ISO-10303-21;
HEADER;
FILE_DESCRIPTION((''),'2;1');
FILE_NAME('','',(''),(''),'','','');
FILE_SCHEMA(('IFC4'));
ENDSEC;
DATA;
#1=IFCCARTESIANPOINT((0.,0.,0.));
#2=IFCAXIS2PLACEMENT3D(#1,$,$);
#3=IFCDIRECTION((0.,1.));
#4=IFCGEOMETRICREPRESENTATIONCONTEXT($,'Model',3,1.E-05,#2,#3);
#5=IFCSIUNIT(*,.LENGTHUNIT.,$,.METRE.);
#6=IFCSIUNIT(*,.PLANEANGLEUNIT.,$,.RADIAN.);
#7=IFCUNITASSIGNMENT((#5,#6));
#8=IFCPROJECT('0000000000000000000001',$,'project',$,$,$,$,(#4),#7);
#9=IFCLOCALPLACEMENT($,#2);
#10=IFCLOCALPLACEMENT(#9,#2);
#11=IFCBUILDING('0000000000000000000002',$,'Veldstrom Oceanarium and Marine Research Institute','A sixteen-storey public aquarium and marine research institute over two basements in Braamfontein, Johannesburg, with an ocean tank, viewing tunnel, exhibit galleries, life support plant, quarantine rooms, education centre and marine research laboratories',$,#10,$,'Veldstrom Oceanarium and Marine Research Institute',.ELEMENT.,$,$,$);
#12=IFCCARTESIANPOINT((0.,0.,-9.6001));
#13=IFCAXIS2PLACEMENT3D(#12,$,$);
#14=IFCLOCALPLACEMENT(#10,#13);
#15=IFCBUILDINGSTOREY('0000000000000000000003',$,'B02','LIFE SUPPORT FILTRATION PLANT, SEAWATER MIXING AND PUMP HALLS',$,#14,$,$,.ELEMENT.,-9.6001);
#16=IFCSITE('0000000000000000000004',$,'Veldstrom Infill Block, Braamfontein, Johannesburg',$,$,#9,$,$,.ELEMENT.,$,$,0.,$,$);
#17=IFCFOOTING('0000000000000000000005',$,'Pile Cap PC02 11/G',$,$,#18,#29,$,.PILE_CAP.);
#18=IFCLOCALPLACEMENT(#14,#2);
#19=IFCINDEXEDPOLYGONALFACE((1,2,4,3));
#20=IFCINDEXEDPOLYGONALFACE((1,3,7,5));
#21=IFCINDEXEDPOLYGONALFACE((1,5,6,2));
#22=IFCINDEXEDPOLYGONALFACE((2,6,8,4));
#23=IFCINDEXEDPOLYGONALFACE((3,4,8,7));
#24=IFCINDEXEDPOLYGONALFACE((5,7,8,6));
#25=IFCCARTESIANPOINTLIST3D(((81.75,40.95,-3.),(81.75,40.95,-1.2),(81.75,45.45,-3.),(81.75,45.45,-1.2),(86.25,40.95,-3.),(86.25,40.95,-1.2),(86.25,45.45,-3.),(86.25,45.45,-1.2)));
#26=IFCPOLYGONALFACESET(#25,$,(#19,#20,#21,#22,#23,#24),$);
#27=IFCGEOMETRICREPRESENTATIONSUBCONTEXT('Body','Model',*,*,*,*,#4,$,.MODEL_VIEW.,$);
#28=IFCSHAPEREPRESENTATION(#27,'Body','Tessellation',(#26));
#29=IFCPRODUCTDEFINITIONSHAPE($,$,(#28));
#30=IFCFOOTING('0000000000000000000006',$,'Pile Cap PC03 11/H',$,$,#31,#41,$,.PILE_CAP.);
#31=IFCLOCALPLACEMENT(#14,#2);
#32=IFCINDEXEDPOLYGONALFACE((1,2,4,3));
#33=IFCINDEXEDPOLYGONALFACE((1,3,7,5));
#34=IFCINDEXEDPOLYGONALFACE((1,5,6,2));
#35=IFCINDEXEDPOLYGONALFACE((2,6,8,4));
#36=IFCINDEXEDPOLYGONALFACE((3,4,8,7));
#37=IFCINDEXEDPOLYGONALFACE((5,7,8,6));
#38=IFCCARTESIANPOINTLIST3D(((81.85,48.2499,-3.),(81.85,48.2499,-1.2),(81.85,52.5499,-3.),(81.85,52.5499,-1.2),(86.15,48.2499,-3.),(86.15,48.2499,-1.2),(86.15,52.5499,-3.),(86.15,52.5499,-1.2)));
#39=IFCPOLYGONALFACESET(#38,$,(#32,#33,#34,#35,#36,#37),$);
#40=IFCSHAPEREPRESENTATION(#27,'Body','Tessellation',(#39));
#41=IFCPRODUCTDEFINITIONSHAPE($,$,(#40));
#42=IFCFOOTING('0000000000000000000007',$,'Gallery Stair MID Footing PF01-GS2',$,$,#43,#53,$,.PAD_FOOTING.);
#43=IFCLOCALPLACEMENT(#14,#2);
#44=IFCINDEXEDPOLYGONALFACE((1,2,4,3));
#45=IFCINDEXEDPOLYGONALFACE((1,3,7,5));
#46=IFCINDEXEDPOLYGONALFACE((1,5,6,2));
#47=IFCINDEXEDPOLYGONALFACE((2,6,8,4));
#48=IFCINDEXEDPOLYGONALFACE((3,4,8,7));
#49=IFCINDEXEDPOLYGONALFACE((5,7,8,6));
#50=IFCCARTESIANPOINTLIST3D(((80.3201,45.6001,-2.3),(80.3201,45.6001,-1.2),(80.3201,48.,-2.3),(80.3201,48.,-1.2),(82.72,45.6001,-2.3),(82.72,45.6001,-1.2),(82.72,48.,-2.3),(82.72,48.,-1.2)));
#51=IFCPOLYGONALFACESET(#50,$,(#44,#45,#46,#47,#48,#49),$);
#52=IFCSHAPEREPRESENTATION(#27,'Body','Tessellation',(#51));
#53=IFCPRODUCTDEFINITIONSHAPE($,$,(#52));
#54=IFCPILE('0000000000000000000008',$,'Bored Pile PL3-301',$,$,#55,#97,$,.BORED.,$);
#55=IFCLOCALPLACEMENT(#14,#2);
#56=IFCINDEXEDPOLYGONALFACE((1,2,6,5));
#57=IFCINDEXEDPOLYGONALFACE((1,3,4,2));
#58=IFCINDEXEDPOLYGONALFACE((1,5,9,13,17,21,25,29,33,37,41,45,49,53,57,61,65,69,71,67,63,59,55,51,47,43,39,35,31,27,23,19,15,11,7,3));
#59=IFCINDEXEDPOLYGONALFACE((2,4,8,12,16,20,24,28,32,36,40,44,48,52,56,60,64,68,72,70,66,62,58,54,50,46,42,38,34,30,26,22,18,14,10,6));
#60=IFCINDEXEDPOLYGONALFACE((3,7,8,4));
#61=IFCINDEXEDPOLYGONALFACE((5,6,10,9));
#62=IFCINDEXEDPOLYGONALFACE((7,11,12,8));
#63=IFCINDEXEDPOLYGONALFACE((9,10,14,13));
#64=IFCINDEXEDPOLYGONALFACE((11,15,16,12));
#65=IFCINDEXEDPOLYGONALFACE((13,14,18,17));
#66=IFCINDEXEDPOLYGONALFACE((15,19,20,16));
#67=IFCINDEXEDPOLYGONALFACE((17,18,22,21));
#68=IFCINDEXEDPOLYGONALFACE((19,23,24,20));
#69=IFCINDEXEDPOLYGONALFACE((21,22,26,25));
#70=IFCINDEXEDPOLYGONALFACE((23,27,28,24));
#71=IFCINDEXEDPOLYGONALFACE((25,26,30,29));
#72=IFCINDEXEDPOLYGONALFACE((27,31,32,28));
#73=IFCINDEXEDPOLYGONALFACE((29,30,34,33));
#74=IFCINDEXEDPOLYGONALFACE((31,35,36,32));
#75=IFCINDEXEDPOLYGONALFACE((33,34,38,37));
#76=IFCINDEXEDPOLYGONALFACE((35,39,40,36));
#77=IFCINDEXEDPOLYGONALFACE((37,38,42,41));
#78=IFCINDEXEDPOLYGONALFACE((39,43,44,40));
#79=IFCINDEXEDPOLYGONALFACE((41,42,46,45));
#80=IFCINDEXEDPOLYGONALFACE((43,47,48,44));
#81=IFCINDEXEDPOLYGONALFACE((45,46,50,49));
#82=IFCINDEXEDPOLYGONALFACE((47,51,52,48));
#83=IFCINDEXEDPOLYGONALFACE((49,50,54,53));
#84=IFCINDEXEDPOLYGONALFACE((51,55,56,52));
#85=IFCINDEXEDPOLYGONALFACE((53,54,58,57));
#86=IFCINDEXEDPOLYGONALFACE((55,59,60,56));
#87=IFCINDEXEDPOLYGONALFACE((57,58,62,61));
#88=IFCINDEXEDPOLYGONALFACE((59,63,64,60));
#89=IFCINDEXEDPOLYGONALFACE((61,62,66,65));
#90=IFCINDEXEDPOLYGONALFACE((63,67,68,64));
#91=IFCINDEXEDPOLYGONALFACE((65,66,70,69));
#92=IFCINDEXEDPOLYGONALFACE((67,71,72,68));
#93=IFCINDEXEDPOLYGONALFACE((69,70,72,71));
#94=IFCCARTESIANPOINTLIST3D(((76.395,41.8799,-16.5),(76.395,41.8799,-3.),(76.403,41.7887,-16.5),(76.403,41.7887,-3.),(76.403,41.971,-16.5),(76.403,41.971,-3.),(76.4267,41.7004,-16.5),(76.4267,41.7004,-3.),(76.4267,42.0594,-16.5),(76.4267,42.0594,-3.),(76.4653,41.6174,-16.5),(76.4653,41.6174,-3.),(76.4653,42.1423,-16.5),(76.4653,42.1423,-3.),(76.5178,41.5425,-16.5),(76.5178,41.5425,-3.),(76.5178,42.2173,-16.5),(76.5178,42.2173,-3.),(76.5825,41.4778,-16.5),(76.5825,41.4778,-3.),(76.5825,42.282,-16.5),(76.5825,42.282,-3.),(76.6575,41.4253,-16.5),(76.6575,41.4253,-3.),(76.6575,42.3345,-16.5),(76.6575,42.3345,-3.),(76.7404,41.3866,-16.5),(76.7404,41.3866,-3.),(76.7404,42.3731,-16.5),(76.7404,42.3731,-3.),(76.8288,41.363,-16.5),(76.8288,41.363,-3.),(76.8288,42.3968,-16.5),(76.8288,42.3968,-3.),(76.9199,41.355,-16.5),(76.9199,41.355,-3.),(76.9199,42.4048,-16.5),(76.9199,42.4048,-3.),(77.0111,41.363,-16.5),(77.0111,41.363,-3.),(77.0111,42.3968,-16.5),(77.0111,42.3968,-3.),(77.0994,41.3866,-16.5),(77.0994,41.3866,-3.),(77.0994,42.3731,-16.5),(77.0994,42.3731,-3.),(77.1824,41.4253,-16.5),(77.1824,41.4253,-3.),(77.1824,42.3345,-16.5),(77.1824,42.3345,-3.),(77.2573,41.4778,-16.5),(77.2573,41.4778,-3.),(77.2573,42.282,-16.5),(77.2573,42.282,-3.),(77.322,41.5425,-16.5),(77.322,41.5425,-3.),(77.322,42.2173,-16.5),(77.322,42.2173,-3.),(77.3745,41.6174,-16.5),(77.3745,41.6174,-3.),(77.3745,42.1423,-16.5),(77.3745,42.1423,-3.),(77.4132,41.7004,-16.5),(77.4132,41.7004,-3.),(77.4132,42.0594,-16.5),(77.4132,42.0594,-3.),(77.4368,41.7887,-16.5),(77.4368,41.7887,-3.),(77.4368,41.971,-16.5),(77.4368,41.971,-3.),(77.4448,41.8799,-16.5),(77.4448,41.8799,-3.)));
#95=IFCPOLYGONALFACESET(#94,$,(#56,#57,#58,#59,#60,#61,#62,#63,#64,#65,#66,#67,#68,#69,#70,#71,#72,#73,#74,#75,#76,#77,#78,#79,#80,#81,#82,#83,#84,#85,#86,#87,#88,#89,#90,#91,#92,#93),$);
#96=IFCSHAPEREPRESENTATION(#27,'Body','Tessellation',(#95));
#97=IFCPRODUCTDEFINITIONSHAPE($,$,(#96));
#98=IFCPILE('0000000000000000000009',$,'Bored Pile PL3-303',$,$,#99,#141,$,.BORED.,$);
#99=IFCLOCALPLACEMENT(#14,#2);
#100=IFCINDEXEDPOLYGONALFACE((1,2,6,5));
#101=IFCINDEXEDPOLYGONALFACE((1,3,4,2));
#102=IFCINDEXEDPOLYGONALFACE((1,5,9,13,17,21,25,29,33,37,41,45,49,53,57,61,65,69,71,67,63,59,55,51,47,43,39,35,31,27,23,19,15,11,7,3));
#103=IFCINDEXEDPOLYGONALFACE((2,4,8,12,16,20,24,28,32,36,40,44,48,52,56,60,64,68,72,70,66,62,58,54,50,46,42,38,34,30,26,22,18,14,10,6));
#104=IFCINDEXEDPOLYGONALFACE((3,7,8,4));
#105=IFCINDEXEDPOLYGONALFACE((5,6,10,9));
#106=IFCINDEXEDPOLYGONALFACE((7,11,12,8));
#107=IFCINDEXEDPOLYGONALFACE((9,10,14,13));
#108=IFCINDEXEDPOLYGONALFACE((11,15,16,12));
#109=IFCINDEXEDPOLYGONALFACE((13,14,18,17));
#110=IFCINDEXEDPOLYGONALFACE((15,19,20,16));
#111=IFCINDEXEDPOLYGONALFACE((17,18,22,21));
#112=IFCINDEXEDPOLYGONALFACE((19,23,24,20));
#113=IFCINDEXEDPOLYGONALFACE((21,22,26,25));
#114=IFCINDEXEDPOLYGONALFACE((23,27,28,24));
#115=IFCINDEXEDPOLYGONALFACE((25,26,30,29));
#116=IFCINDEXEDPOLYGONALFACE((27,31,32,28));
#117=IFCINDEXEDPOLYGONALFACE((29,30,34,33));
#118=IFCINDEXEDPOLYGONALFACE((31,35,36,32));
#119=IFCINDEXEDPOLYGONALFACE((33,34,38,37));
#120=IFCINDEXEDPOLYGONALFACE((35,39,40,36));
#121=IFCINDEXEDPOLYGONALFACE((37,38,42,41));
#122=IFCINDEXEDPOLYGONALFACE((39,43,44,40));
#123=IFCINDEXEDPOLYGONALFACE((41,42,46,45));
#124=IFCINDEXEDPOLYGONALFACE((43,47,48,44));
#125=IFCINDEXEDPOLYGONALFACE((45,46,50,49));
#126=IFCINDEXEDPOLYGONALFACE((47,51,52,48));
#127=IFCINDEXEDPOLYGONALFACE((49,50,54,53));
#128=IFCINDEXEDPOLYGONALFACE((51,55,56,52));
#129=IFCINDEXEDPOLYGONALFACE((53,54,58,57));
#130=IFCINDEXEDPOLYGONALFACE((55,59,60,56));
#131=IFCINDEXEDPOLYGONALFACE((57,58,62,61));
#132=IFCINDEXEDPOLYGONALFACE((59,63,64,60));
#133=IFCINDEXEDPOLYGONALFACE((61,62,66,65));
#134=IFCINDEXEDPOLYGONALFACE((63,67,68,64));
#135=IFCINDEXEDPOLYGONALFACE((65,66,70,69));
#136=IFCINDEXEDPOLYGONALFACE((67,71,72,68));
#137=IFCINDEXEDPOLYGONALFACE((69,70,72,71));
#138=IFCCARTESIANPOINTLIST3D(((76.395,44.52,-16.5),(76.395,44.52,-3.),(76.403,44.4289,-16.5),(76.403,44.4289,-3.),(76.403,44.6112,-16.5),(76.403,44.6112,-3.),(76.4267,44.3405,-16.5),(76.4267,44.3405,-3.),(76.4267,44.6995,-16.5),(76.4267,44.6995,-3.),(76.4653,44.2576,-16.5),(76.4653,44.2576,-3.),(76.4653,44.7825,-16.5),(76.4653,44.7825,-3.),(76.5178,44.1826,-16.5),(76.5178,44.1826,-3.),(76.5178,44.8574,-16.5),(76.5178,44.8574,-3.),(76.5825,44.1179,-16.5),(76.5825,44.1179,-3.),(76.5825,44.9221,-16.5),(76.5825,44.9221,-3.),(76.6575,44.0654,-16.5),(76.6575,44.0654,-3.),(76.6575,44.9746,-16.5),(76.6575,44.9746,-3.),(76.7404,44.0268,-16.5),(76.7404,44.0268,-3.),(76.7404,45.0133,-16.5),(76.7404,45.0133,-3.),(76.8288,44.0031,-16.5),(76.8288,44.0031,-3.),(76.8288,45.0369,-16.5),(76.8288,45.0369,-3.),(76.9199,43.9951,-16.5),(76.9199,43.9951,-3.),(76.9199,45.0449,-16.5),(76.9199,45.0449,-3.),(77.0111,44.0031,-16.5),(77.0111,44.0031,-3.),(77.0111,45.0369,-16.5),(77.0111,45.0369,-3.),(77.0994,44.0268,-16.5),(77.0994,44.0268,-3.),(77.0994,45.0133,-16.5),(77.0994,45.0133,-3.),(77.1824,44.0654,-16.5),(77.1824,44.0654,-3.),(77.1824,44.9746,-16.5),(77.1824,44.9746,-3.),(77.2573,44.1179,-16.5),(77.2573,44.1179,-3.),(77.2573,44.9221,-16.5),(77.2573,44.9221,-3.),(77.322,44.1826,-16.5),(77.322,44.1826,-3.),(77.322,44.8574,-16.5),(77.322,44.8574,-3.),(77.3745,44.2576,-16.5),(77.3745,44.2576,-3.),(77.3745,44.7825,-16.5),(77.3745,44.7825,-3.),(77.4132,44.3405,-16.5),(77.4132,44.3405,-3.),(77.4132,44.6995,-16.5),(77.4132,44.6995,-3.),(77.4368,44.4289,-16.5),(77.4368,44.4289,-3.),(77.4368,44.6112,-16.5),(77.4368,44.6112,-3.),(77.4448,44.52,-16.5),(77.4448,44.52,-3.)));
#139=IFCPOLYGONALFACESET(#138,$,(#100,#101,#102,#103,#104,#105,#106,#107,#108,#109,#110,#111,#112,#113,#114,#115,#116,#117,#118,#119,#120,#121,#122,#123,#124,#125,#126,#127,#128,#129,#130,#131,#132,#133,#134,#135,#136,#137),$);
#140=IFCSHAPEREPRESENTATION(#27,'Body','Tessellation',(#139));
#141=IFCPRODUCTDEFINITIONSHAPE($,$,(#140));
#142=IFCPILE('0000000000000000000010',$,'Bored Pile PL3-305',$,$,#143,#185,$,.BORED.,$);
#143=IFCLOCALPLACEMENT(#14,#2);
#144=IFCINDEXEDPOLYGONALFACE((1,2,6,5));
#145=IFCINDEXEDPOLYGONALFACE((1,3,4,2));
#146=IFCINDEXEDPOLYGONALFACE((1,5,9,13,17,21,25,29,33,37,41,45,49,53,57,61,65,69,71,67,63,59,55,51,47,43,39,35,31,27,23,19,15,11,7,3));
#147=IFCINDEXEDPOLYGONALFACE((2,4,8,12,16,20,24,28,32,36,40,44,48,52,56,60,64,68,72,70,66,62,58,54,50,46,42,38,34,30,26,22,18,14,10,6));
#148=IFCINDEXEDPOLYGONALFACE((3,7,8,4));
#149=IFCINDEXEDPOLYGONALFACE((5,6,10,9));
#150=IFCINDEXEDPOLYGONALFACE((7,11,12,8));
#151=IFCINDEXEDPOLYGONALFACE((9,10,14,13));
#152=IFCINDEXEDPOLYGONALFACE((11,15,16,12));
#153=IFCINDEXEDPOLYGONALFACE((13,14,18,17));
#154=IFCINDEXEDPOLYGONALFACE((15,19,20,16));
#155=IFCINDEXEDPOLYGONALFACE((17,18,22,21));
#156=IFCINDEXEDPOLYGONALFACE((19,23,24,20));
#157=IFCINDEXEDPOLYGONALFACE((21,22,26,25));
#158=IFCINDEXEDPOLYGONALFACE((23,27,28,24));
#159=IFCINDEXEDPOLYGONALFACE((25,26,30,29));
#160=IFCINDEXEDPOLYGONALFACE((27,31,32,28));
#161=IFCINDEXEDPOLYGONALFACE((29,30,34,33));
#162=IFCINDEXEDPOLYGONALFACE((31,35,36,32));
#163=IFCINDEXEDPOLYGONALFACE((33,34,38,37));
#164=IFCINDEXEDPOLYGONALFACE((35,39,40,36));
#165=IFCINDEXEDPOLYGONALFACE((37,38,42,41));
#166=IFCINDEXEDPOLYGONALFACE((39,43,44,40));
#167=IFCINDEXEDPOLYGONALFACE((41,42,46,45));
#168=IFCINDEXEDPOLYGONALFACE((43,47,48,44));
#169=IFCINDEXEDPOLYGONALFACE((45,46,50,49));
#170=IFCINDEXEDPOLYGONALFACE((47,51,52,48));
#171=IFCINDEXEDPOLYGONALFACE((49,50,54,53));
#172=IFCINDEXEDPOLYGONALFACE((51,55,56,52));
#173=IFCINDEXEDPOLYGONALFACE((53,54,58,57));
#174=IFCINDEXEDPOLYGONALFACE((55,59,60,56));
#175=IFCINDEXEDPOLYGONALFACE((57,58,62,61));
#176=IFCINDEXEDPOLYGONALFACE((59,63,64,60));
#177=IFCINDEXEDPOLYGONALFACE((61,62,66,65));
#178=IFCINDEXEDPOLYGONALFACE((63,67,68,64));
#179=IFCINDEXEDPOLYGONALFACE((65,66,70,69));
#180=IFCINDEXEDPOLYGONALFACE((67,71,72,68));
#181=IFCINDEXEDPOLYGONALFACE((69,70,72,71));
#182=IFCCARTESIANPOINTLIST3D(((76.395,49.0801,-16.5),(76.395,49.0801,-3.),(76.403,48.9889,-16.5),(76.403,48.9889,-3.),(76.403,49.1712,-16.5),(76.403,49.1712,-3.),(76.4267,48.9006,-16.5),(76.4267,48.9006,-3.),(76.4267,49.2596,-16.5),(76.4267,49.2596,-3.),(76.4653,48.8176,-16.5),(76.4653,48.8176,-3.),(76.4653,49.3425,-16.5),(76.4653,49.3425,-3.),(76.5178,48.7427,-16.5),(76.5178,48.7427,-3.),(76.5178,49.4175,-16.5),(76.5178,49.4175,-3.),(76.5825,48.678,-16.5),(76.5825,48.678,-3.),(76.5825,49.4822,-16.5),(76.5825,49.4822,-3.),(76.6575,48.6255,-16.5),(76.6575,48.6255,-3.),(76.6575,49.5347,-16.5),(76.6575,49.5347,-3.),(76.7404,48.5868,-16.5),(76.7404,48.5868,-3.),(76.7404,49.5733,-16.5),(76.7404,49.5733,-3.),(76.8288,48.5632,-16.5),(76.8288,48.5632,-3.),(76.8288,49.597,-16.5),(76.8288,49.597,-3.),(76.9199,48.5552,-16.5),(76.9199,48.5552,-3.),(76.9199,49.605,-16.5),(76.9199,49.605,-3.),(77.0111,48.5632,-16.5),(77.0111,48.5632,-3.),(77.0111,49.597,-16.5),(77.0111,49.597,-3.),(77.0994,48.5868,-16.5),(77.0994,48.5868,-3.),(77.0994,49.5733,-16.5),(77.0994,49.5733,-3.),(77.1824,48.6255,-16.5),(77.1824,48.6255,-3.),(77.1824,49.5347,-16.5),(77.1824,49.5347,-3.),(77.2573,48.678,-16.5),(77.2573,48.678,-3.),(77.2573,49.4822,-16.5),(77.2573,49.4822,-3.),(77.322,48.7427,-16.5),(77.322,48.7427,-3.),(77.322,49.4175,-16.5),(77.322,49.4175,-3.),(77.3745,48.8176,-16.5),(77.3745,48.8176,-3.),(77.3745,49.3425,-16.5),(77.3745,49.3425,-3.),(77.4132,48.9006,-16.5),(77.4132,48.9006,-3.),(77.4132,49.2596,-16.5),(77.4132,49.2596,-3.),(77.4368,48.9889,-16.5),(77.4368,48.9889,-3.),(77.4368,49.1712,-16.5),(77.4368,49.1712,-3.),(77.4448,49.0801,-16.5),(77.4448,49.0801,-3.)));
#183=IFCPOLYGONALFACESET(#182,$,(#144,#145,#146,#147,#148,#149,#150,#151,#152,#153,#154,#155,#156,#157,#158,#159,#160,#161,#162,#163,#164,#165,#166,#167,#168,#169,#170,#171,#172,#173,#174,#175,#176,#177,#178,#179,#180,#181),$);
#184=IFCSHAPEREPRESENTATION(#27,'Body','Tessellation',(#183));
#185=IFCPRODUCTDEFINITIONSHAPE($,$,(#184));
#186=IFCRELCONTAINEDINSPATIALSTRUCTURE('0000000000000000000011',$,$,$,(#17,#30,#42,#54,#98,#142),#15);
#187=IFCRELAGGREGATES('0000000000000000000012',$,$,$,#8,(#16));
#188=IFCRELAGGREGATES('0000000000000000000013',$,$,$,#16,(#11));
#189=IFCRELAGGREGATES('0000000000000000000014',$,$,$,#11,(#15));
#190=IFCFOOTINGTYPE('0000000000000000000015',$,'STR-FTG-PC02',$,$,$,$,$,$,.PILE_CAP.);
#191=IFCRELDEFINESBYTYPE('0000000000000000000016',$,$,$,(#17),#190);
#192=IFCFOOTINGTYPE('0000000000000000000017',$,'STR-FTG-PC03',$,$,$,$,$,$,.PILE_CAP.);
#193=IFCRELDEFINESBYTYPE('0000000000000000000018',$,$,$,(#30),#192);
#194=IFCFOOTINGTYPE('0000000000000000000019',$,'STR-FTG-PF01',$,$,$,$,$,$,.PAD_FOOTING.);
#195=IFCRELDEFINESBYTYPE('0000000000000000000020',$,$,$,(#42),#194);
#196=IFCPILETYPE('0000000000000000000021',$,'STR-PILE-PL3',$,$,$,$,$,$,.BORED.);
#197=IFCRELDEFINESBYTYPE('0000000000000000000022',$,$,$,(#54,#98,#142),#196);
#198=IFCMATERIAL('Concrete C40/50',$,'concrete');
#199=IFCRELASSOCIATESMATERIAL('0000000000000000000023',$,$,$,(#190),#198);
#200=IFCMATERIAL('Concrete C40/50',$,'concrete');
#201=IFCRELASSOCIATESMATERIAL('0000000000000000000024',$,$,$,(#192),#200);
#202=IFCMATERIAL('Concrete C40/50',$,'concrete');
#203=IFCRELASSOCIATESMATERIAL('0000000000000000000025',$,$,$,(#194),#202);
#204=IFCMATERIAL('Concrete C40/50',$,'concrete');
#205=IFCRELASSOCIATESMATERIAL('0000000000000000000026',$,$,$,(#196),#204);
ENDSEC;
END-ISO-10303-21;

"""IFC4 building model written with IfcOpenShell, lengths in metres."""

from ifc_helpers import new_model, si_unit, direction, frame, origin, origin_2d, place, context, subcontext, project, spatial, rectangle, circle, extrude, material, material_profile, profile_set, type_object, element, save


model = new_model("IFC4")

# Units and contexts
model_context = context("Model", 3, precision=1e-05, world=origin(), true_north=direction((0.0, 1.0)))
body_context = subcontext(model_context, "Body", "Model", "MODEL_VIEW")
ifc_project = project(units=[si_unit("LENGTHUNIT", "METRE"), si_unit("PLANEANGLEUNIT", "RADIAN")], contexts=[model_context])

# Site, building, storey
site_placement = place(None, origin())
site = spatial("IfcSite", under=ifc_project, at=site_placement, Name="Veldstrom Infill Block, Braamfontein, Johannesburg", CompositionType="ELEMENT", RefElevation=0.0)
building_placement = place(site_placement, origin())
building = spatial("IfcBuilding", under=site, at=building_placement, Name="Veldstrom Oceanarium and Marine Research Institute", Description="A sixteen-storey public aquarium and marine research institute over two basements in Braamfontein, Johannesburg, with an ocean tank, viewing tunnel, exhibit galleries, life support plant, quarantine rooms, education centre and marine research laboratories", LongName="Veldstrom Oceanarium and Marine Research Institute", CompositionType="ELEMENT")
storey_placement = place(building_placement, frame((0.0, 0.0, -9.6001)))
storey = spatial("IfcBuildingStorey", under=building, at=storey_placement, Name="B02", Description="LIFE SUPPORT FILTRATION PLANT, SEAWATER MIXING AND PUMP HALLS", CompositionType="ELEMENT", Elevation=-9.6001)

# Footings
ifc_material_1 = material(Name="Concrete C40/50", Category="concrete")
footing_type_1 = type_object("IfcFootingType", Name="STR-FTG-PC02", PredefinedType="PILE_CAP", material=ifc_material_1)
footing_1_placement = place(storey_placement, frame((84.0, 43.2, -3.0), z_axis=(0.0, 0.0, 1.0), x_axis=(1.0, 0.0, 0.0)))
element("IfcFooting", 1, at=footing_1_placement, inside=storey, type_object=footing_type_1, Name="Pile Cap PC02 11/G", PredefinedType="PILE_CAP", context=body_context, shape_type="SweptSolid", body=[
    extrude(rectangle(XDim=4.5, YDim=4.5, at=origin_2d()), origin(), (0.0, 0.0, 1.0), 1.8),
])
ifc_material_2 = material(Name="Concrete C40/50", Category="concrete")
footing_type_2 = type_object("IfcFootingType", Name="STR-FTG-PC03", PredefinedType="PILE_CAP", material=ifc_material_2)
footing_2_placement = place(storey_placement, frame((84.0, 50.3999, -3.0), z_axis=(0.0, 0.0, 1.0), x_axis=(1.0, 0.0, 0.0)))
element("IfcFooting", 2, at=footing_2_placement, inside=storey, type_object=footing_type_2, Name="Pile Cap PC03 11/H", PredefinedType="PILE_CAP", context=body_context, shape_type="SweptSolid", body=[
    extrude(rectangle(XDim=4.3, YDim=4.3, at=origin_2d()), origin(), (0.0, 0.0, 1.0), 1.8),
])
ifc_material_3 = material(Name="Concrete C40/50", Category="concrete")
footing_type_3 = type_object("IfcFootingType", Name="STR-FTG-PF01", PredefinedType="PAD_FOOTING", material=ifc_material_3)
footing_3_placement = place(storey_placement, frame((81.52, 46.8, -2.3), z_axis=(0.0, 0.0, 1.0), x_axis=(1.0, 0.0, 0.0)))
element("IfcFooting", 3, at=footing_3_placement, inside=storey, type_object=footing_type_3, Name="Gallery Stair MID Footing PF01-GS2", PredefinedType="PAD_FOOTING", context=body_context, shape_type="SweptSolid", body=[
    extrude(rectangle(XDim=2.3999, YDim=2.3999, at=origin_2d()), origin(), (0.0, 0.0, 1.0), 1.1001),
])

# Piles
ifc_material_4 = material(Name="Concrete C40/50", Category="concrete")
ifc_material_profile_1 = material_profile(ifc_material_4, circle(Radius=0.5249, at=origin_2d()), Name="PILE-D1050")
ifc_profile_set_1 = profile_set([ifc_material_profile_1], Name="Concrete C40/50")
pile_type = type_object("IfcPileType", Name="STR-PILE-PL3", PredefinedType="BORED", material=ifc_profile_set_1)
for number, where, z_axis, x_axis, name in (
    (4, (76.9199, 41.8799, -3.0), (0.0, 0.0, -1.0), (1.0, 0.0, 0.0), "Bored Pile PL3-301"),
    (5, (76.9199, 44.52, -3.0), (0.0, 0.0, -1.0), (1.0, 0.0, 0.0), "Bored Pile PL3-303"),
    (6, (76.9199, 49.0801, -3.0), (0.0, 0.0, -1.0), (1.0, 0.0, 0.0), "Bored Pile PL3-305"),
):
    element("IfcPile", number, at=place(storey_placement, frame(where, z_axis=z_axis, x_axis=x_axis)), inside=storey, type_object=pile_type, Name=name, PredefinedType="BORED", context=body_context, shape_type="SweptSolid", body=[
        extrude(circle(Radius=0.5249, at=origin_2d()), origin(), (0.0, 0.0, 1.0), 13.5),
    ])

save(model, "model.ifc")
